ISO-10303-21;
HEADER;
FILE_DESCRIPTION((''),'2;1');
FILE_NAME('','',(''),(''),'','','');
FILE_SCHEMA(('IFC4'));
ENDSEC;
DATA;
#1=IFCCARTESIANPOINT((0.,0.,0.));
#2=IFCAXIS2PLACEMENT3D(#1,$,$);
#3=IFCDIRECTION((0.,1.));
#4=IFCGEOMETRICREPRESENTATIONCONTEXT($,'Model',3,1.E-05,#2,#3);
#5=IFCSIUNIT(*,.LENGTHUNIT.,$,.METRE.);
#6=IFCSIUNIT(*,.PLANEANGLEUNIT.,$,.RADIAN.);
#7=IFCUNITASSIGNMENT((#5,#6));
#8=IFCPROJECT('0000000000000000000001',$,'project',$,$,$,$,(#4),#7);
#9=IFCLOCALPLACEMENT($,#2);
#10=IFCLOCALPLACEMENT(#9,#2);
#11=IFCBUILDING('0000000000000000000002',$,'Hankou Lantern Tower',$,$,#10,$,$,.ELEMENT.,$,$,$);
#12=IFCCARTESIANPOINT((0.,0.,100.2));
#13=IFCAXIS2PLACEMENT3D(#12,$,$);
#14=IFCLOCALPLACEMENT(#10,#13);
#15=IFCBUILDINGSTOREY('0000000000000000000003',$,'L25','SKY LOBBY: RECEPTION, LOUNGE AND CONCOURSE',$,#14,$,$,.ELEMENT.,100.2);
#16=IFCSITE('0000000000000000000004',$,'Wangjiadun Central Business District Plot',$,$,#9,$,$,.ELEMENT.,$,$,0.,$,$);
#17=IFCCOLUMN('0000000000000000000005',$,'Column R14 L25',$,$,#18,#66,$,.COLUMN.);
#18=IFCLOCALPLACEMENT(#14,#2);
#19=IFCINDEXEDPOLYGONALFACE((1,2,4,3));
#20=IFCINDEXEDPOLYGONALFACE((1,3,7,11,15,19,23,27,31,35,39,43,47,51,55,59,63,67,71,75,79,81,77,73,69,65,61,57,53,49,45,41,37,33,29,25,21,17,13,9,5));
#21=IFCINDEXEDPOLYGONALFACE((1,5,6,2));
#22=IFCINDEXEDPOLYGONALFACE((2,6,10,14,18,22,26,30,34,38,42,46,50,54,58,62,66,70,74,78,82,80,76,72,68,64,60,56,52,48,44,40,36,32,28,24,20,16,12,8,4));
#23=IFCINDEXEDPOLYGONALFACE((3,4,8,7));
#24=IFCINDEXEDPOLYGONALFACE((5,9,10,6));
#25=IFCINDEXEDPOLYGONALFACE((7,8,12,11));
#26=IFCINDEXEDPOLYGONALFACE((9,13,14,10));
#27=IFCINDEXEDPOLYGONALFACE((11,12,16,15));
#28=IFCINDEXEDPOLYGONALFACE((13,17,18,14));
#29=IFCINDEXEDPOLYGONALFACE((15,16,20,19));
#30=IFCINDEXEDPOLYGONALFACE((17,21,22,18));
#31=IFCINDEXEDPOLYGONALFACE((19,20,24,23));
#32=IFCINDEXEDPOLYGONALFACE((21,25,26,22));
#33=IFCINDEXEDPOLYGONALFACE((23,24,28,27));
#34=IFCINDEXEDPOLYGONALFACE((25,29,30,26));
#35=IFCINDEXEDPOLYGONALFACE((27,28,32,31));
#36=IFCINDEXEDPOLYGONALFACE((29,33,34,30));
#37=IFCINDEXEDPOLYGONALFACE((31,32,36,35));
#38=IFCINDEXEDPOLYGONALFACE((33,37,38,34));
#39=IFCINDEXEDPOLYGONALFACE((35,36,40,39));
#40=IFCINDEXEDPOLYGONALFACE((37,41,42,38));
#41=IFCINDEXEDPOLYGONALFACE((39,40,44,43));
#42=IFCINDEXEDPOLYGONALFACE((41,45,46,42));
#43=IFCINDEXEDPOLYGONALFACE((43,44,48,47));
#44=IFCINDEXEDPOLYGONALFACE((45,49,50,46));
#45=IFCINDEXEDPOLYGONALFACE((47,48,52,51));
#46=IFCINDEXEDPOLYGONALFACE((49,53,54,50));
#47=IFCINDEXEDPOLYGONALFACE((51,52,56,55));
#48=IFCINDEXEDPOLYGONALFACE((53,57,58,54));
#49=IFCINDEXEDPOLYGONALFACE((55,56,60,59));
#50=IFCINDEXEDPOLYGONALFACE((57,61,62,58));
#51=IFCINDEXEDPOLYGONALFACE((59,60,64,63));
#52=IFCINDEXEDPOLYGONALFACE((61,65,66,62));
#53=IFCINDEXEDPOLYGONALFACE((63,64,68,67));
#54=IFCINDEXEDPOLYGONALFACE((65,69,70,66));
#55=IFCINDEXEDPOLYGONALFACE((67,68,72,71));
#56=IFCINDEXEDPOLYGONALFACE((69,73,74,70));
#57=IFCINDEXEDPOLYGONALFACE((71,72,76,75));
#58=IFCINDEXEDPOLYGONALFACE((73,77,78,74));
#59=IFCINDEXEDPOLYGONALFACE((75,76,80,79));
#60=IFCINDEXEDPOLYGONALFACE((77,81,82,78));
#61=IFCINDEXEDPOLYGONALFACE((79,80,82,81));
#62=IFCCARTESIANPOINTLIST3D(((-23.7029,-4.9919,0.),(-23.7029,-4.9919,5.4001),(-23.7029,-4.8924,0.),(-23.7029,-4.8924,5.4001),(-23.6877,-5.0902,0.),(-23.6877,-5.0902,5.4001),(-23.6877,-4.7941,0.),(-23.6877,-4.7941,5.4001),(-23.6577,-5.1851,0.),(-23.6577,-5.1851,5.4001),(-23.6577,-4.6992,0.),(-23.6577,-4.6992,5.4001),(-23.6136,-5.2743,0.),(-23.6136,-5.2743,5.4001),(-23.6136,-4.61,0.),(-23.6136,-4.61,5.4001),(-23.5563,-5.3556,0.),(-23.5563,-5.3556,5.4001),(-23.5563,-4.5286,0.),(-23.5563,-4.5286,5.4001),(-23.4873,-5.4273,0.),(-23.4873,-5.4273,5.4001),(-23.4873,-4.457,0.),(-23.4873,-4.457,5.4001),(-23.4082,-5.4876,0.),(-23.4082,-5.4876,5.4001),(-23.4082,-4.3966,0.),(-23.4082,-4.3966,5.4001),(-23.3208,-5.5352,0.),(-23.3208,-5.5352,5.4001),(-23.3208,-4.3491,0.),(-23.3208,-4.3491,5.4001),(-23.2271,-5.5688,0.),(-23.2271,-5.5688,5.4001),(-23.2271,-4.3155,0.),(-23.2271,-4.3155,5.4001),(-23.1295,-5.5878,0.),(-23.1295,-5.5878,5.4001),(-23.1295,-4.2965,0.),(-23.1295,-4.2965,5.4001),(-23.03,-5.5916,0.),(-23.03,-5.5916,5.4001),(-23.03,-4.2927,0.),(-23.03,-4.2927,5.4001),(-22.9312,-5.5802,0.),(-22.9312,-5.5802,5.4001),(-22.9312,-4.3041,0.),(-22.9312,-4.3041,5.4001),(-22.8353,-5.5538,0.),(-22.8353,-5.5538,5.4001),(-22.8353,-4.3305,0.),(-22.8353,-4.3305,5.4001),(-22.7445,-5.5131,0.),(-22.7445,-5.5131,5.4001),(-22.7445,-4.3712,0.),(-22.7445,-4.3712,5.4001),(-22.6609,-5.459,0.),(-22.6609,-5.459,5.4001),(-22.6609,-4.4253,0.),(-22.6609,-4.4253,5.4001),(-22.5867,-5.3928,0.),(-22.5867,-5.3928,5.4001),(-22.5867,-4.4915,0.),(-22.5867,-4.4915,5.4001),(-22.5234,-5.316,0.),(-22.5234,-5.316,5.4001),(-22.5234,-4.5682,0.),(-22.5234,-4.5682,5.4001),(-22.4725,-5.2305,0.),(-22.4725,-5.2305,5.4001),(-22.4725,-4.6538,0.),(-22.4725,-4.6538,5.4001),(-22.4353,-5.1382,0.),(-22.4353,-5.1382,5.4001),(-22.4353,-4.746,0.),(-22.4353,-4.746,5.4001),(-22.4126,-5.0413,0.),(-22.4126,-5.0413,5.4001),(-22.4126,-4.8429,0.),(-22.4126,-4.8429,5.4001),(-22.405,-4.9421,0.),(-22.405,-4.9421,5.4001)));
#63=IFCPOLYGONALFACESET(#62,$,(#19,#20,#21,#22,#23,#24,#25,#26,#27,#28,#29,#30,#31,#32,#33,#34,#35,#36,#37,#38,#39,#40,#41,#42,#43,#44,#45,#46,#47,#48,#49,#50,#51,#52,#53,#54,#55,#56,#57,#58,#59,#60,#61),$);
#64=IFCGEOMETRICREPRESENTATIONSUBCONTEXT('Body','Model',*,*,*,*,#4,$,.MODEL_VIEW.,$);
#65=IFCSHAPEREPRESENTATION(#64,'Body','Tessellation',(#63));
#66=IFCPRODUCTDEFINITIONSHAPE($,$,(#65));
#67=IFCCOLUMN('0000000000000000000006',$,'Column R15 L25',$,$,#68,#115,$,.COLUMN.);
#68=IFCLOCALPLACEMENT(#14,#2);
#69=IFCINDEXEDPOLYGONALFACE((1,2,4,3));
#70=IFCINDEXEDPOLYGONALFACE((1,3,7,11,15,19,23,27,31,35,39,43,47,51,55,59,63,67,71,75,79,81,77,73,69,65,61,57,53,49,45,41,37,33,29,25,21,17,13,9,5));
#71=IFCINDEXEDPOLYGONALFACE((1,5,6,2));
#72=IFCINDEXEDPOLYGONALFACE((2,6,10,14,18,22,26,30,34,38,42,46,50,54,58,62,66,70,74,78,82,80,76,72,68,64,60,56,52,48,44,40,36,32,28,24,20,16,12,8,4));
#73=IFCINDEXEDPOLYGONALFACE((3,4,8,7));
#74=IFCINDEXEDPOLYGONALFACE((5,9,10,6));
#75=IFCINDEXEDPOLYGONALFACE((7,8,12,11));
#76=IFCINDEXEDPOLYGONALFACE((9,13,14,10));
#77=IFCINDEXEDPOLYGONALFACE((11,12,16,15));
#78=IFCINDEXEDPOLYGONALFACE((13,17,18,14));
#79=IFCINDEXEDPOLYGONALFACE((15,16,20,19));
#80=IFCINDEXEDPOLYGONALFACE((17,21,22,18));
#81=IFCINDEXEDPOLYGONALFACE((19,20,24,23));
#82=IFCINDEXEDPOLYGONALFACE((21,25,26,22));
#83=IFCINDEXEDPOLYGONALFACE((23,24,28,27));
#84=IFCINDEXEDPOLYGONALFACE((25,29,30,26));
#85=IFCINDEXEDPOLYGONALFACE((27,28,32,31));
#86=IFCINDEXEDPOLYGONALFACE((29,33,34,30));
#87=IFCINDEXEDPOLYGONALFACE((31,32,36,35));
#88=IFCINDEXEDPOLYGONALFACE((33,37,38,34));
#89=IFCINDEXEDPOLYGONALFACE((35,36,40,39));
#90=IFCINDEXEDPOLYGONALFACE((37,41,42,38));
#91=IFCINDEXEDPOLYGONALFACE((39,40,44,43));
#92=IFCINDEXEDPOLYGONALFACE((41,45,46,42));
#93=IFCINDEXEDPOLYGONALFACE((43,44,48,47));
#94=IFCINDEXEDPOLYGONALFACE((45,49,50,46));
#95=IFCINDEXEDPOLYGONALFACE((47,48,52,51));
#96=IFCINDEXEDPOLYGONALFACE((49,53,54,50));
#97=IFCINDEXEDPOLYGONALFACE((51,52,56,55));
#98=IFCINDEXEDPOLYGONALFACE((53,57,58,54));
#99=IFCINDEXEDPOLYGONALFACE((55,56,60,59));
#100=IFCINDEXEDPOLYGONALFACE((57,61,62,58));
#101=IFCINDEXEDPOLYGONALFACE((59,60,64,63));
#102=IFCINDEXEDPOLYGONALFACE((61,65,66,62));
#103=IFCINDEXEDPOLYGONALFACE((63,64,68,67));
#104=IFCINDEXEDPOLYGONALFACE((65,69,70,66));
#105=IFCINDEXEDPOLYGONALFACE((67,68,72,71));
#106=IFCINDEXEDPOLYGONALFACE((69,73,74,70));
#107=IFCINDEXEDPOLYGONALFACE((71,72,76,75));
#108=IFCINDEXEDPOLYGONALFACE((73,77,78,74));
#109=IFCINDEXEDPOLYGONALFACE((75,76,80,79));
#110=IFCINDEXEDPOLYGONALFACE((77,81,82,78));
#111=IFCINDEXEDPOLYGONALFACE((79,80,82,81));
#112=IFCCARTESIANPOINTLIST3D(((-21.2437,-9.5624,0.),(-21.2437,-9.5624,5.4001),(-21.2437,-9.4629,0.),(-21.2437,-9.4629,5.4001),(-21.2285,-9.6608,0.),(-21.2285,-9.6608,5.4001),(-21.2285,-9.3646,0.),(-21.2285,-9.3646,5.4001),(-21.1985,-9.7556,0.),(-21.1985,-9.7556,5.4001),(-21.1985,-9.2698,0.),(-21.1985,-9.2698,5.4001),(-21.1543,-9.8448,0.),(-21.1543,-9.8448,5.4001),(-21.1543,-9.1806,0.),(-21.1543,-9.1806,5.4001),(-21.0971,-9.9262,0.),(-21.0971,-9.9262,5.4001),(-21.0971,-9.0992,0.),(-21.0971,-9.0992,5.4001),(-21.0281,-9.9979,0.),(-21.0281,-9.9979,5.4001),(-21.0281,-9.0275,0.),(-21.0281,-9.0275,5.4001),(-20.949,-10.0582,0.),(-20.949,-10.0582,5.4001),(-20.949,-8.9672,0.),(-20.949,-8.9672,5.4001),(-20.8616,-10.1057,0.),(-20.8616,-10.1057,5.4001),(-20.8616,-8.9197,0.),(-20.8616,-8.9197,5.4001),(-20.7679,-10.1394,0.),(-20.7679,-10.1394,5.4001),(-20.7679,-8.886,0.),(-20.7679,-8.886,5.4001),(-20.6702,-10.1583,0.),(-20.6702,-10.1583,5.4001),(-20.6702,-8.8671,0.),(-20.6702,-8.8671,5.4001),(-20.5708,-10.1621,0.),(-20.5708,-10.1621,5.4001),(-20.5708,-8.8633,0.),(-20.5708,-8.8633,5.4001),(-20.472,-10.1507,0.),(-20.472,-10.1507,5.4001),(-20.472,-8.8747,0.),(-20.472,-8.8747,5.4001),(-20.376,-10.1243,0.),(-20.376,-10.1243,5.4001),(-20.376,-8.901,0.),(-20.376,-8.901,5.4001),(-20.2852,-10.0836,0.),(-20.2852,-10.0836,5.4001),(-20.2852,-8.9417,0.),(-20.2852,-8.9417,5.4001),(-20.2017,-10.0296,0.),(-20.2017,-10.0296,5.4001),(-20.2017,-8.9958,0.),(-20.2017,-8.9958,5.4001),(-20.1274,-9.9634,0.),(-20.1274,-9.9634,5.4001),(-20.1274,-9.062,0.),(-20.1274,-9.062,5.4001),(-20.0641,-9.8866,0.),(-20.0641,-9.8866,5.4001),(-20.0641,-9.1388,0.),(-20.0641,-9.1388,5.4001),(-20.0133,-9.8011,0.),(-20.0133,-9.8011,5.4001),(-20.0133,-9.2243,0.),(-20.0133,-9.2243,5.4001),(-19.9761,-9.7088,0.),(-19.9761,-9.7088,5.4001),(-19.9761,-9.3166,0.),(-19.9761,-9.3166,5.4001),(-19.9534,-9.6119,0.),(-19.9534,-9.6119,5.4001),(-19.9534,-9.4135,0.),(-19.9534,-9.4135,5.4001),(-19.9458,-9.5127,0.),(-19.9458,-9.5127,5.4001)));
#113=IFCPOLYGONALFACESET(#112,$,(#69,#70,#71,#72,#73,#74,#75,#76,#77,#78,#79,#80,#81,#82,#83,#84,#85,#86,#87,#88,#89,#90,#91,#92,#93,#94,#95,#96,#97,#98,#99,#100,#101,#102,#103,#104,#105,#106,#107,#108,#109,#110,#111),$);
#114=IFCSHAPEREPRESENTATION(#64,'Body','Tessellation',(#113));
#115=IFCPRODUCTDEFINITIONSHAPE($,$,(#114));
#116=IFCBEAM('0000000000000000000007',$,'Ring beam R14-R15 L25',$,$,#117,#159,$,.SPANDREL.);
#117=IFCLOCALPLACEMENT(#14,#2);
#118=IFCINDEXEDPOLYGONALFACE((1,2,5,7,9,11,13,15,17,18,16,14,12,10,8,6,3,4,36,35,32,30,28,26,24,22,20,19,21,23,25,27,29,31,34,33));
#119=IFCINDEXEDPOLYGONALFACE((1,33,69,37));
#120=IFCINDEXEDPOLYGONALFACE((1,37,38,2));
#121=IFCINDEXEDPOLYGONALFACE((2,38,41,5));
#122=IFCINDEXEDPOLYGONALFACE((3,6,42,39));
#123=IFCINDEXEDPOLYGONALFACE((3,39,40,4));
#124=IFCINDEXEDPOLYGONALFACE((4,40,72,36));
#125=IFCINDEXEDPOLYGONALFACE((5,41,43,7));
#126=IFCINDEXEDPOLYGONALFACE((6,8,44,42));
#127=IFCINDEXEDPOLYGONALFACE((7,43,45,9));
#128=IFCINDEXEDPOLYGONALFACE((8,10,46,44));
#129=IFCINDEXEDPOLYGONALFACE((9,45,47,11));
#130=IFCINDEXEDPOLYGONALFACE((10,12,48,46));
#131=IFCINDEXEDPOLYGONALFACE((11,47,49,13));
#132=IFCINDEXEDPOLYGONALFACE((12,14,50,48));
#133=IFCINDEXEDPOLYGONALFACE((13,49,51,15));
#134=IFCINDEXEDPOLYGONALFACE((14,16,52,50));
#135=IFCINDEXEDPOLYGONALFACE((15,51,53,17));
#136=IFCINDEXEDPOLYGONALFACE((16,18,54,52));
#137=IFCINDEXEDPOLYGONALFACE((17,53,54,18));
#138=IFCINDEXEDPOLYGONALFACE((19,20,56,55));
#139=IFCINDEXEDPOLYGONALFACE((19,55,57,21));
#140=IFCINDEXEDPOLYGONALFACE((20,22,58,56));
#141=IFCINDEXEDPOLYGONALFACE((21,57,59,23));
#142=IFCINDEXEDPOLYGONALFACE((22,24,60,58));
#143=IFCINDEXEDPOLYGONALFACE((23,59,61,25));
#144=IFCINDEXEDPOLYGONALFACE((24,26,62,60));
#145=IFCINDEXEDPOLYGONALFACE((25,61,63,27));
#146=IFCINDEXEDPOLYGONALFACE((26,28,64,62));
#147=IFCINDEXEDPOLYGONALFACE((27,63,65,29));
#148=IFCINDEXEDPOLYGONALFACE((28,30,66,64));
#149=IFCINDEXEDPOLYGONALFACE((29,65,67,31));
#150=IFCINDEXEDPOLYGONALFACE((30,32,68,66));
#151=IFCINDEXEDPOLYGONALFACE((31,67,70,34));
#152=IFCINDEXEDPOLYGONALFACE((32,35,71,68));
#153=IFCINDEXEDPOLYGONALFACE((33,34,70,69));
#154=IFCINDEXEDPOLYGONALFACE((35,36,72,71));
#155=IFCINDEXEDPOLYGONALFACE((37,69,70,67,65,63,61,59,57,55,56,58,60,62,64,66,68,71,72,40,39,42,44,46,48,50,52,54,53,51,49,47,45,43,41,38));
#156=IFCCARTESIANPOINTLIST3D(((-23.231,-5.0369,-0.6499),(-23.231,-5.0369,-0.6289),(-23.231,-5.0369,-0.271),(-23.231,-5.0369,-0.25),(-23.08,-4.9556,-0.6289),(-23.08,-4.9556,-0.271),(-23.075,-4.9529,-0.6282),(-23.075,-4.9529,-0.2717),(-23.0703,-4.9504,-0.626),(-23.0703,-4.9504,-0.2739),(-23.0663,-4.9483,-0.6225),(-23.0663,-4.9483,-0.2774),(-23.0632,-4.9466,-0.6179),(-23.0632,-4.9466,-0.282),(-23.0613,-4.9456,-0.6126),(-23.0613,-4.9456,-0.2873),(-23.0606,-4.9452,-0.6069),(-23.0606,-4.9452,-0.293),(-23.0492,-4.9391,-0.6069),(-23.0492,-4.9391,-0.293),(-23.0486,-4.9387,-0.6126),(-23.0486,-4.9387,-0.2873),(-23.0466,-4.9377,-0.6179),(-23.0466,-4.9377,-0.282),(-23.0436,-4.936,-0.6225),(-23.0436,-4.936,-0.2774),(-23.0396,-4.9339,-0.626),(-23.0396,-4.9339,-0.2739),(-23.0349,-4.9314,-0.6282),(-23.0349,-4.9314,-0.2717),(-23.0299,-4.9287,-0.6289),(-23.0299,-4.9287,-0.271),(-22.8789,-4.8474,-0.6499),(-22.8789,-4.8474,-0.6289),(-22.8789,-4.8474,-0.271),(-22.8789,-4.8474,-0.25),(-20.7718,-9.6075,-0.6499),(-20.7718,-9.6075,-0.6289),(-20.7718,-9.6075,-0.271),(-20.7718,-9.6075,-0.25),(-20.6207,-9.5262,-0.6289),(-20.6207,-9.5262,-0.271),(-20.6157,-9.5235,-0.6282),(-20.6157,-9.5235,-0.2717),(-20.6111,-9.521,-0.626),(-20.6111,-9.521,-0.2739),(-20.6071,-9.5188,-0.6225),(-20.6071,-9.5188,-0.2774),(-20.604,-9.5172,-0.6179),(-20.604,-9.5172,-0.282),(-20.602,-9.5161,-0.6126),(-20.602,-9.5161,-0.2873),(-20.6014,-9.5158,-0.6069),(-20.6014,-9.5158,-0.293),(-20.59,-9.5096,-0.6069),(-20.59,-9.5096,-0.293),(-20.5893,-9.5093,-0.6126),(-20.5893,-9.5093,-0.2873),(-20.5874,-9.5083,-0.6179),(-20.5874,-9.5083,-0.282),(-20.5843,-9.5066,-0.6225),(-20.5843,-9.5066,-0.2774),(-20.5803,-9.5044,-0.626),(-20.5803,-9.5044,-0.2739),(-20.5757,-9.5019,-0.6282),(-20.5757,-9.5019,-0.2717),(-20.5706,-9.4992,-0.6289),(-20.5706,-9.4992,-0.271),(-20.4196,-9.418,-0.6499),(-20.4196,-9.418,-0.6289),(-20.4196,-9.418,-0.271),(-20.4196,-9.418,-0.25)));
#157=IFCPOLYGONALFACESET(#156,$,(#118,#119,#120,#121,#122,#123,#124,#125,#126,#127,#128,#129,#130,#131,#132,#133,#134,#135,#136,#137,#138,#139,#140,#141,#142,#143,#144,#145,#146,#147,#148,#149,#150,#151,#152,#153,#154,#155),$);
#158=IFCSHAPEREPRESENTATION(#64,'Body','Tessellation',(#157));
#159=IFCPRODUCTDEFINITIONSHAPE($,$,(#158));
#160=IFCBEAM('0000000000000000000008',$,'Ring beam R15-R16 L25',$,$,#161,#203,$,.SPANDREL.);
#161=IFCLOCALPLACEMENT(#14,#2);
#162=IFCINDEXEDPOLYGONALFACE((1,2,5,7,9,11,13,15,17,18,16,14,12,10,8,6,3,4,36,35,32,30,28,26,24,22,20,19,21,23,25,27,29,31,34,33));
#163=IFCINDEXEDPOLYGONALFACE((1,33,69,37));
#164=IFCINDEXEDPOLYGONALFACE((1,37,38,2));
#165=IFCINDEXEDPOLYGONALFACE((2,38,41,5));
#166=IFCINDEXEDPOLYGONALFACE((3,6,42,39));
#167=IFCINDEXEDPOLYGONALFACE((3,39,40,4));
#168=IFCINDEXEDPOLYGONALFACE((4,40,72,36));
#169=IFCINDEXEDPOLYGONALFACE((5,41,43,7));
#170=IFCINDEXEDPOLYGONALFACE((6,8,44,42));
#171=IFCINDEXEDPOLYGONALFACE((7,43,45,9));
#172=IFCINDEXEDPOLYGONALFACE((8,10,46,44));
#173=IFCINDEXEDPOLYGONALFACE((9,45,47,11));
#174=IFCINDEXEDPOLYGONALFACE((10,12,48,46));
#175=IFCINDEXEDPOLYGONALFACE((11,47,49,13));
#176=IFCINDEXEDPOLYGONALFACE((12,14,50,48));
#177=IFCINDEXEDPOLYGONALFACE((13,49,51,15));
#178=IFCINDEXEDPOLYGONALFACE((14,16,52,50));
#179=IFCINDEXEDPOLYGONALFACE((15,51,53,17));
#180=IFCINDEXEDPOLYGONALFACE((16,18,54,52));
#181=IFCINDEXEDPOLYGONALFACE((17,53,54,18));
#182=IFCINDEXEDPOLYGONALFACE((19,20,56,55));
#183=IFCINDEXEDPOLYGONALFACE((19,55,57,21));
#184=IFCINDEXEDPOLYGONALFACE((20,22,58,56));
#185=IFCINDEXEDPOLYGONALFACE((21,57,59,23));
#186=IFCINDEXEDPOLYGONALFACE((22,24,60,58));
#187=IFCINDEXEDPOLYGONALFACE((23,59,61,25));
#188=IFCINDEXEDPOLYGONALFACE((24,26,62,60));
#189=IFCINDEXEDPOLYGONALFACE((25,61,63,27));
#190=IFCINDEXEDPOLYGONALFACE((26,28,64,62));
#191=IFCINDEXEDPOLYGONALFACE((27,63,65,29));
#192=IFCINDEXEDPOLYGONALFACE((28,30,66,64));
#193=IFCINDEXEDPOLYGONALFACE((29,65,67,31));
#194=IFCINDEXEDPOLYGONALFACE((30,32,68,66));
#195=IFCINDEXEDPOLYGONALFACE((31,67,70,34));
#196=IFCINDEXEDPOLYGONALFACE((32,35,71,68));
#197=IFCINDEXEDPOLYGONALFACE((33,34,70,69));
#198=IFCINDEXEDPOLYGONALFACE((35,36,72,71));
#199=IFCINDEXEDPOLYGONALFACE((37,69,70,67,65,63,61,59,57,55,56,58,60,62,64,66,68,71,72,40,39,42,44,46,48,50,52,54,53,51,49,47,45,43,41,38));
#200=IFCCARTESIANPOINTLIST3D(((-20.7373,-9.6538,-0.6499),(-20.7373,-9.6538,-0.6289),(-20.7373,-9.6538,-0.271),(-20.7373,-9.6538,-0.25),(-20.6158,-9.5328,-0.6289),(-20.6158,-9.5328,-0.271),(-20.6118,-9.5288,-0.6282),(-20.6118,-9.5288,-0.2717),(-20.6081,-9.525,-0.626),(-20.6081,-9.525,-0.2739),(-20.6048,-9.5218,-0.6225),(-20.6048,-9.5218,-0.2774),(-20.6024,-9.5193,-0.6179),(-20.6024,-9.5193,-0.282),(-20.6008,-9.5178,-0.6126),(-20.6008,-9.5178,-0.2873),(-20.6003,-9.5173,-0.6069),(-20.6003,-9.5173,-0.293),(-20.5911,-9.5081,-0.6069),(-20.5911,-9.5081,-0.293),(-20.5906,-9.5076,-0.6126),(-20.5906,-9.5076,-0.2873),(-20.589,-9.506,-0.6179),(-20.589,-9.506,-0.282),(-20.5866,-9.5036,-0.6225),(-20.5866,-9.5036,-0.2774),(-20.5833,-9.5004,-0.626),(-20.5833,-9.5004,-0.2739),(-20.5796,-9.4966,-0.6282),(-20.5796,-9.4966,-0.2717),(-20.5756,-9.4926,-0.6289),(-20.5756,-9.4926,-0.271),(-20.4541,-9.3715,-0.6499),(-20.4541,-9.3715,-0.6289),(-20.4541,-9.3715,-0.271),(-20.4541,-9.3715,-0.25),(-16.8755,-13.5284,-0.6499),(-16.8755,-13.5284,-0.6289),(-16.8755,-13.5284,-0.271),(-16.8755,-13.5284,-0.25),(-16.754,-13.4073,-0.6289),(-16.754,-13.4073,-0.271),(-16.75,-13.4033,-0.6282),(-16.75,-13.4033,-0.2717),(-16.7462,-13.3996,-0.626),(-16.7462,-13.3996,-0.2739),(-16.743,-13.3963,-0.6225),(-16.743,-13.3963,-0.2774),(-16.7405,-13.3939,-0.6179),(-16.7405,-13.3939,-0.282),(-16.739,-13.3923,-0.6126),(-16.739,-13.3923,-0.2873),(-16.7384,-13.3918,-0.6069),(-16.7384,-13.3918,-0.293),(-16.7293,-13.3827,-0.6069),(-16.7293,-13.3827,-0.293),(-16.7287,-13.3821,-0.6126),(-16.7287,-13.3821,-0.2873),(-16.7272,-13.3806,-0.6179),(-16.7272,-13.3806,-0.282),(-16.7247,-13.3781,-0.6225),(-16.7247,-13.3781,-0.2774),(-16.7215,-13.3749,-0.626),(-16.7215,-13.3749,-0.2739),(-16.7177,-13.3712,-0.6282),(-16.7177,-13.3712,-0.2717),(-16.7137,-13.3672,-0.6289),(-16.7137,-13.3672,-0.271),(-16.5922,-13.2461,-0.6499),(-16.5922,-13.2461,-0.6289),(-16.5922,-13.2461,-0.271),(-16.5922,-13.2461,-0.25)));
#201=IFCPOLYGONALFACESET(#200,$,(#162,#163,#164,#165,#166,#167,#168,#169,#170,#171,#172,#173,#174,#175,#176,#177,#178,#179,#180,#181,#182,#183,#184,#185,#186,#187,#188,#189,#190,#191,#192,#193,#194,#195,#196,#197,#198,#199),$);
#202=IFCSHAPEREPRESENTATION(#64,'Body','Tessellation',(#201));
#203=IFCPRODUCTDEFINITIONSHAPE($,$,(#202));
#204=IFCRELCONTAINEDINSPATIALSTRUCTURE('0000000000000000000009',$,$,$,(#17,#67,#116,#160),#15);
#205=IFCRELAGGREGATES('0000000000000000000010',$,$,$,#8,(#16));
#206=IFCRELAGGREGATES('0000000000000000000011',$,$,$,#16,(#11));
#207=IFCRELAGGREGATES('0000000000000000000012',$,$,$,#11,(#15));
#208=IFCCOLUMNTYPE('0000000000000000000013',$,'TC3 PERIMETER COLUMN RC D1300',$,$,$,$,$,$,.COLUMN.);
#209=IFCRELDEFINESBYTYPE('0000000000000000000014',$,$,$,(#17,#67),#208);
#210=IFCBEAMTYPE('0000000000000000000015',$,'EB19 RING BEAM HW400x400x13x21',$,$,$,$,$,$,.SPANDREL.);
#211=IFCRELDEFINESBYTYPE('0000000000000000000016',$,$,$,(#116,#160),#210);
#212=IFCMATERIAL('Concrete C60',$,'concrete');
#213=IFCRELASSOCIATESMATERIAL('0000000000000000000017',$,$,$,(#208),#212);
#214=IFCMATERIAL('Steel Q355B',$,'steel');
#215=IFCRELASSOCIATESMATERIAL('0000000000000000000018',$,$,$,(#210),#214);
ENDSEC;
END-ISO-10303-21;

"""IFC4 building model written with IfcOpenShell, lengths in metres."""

from ifc_helpers import new_model, si_unit, direction, frame, origin, origin_2d, place, context, subcontext, project, spatial, circle, i_section, extrude, material, material_profile, profile_set, type_object, element, save


model = new_model("IFC4")

# Units and contexts
model_context = context("Model", 3, precision=1e-05, world=origin(), true_north=direction((0.0, 1.0)))
body_context = subcontext(model_context, "Body", "Model", "MODEL_VIEW")
ifc_project = project(units=[si_unit("LENGTHUNIT", "METRE"), si_unit("PLANEANGLEUNIT", "RADIAN")], contexts=[model_context])

# Site, building, storey
site_placement = place(None, origin())
site = spatial("IfcSite", under=ifc_project, at=site_placement, Name="Wangjiadun Central Business District Plot", CompositionType="ELEMENT", RefElevation=0.0)
building_placement = place(site_placement, origin())
building = spatial("IfcBuilding", under=site, at=building_placement, Name="Hankou Lantern Tower", CompositionType="ELEMENT")
storey_placement = place(building_placement, frame((0.0, 0.0, 100.2)))
storey = spatial("IfcBuildingStorey", under=building, at=storey_placement, Name="L25", Description="SKY LOBBY: RECEPTION, LOUNGE AND CONCOURSE", CompositionType="ELEMENT", Elevation=100.2)

# Columns
ifc_material_1 = material(Name="Concrete C60", Category="concrete")
ifc_material_profile_1 = material_profile(ifc_material_1, circle(Radius=0.6499, at=origin_2d()), Name="RC D1300")
ifc_profile_set_1 = profile_set([ifc_material_profile_1], Name="Concrete C60")
column_type = type_object("IfcColumnType", Name="TC3 PERIMETER COLUMN RC D1300", PredefinedType="COLUMN", material=ifc_profile_set_1)
for number, where, z_axis, x_axis, name in (
    (1, (-23.0549, -4.9421, 0.0), (0.0, 0.0, 1.0), (1.0, 0.0, 0.0), "Column R14 L25"),
    (2, (-20.5957, -9.5127, 0.0), (0.0, 0.0, 1.0), (1.0, 0.0, 0.0), "Column R15 L25"),
):
    element("IfcColumn", number, at=place(storey_placement, frame(where, z_axis=z_axis, x_axis=x_axis)), inside=storey, type_object=column_type, Name=name, PredefinedType="COLUMN", context=body_context, shape_type="SweptSolid", body=[
        extrude(circle(Radius=0.6499, at=origin_2d()), origin(), (0.0, 0.0, 1.0), 5.4001),
    ])

# Beams
ifc_material_2 = material(Name="Steel Q355B", Category="steel")
ifc_material_profile_2 = material_profile(ifc_material_2, i_section(OverallWidth=0.3999, OverallDepth=0.3999, WebThickness=0.0129, FlangeThickness=0.021, FilletRadius=0.022, at=origin_2d()), Name="HW400x400x13x21")
ifc_profile_set_2 = profile_set([ifc_material_profile_2], Name="Steel Q355B")
beam_type_1 = type_object("IfcBeamType", Name="EB19 RING BEAM HW400x400x13x21", PredefinedType="SPANDREL", material=ifc_profile_set_2)
beam_1_placement = place(storey_placement, frame((-23.0549, -4.9421, -0.45), z_axis=(0.473825, -0.880619, 0.0), x_axis=(0.880619, 0.473825, 0.0)))
element("IfcBeam", 3, at=beam_1_placement, inside=storey, type_object=beam_type_1, Name="Ring beam R14-R15 L25", PredefinedType="SPANDREL", context=body_context, shape_type="SweptSolid", body=[
    extrude(i_section(OverallWidth=0.3999, OverallDepth=0.3999, WebThickness=0.0129, FlangeThickness=0.021, FilletRadius=0.022, at=origin_2d()), origin(), (0.0, 0.0, 1.0), 5.1902),
])
beam_2_placement = place(storey_placement, frame((-20.5957, -9.5127, -0.45), z_axis=(0.705945, -0.708266, 0.0), x_axis=(0.708266, 0.705945, 0.0)))
element("IfcBeam", 4, at=beam_2_placement, inside=storey, type_object=beam_type_1, Name="Ring beam R15-R16 L25", PredefinedType="SPANDREL", context=body_context, shape_type="SweptSolid", body=[
    extrude(i_section(OverallWidth=0.3999, OverallDepth=0.3999, WebThickness=0.0129, FlangeThickness=0.021, FilletRadius=0.022, at=origin_2d()), origin(), (0.0, 0.0, 1.0), 5.4705),
])

save(model, "model.ifc")
